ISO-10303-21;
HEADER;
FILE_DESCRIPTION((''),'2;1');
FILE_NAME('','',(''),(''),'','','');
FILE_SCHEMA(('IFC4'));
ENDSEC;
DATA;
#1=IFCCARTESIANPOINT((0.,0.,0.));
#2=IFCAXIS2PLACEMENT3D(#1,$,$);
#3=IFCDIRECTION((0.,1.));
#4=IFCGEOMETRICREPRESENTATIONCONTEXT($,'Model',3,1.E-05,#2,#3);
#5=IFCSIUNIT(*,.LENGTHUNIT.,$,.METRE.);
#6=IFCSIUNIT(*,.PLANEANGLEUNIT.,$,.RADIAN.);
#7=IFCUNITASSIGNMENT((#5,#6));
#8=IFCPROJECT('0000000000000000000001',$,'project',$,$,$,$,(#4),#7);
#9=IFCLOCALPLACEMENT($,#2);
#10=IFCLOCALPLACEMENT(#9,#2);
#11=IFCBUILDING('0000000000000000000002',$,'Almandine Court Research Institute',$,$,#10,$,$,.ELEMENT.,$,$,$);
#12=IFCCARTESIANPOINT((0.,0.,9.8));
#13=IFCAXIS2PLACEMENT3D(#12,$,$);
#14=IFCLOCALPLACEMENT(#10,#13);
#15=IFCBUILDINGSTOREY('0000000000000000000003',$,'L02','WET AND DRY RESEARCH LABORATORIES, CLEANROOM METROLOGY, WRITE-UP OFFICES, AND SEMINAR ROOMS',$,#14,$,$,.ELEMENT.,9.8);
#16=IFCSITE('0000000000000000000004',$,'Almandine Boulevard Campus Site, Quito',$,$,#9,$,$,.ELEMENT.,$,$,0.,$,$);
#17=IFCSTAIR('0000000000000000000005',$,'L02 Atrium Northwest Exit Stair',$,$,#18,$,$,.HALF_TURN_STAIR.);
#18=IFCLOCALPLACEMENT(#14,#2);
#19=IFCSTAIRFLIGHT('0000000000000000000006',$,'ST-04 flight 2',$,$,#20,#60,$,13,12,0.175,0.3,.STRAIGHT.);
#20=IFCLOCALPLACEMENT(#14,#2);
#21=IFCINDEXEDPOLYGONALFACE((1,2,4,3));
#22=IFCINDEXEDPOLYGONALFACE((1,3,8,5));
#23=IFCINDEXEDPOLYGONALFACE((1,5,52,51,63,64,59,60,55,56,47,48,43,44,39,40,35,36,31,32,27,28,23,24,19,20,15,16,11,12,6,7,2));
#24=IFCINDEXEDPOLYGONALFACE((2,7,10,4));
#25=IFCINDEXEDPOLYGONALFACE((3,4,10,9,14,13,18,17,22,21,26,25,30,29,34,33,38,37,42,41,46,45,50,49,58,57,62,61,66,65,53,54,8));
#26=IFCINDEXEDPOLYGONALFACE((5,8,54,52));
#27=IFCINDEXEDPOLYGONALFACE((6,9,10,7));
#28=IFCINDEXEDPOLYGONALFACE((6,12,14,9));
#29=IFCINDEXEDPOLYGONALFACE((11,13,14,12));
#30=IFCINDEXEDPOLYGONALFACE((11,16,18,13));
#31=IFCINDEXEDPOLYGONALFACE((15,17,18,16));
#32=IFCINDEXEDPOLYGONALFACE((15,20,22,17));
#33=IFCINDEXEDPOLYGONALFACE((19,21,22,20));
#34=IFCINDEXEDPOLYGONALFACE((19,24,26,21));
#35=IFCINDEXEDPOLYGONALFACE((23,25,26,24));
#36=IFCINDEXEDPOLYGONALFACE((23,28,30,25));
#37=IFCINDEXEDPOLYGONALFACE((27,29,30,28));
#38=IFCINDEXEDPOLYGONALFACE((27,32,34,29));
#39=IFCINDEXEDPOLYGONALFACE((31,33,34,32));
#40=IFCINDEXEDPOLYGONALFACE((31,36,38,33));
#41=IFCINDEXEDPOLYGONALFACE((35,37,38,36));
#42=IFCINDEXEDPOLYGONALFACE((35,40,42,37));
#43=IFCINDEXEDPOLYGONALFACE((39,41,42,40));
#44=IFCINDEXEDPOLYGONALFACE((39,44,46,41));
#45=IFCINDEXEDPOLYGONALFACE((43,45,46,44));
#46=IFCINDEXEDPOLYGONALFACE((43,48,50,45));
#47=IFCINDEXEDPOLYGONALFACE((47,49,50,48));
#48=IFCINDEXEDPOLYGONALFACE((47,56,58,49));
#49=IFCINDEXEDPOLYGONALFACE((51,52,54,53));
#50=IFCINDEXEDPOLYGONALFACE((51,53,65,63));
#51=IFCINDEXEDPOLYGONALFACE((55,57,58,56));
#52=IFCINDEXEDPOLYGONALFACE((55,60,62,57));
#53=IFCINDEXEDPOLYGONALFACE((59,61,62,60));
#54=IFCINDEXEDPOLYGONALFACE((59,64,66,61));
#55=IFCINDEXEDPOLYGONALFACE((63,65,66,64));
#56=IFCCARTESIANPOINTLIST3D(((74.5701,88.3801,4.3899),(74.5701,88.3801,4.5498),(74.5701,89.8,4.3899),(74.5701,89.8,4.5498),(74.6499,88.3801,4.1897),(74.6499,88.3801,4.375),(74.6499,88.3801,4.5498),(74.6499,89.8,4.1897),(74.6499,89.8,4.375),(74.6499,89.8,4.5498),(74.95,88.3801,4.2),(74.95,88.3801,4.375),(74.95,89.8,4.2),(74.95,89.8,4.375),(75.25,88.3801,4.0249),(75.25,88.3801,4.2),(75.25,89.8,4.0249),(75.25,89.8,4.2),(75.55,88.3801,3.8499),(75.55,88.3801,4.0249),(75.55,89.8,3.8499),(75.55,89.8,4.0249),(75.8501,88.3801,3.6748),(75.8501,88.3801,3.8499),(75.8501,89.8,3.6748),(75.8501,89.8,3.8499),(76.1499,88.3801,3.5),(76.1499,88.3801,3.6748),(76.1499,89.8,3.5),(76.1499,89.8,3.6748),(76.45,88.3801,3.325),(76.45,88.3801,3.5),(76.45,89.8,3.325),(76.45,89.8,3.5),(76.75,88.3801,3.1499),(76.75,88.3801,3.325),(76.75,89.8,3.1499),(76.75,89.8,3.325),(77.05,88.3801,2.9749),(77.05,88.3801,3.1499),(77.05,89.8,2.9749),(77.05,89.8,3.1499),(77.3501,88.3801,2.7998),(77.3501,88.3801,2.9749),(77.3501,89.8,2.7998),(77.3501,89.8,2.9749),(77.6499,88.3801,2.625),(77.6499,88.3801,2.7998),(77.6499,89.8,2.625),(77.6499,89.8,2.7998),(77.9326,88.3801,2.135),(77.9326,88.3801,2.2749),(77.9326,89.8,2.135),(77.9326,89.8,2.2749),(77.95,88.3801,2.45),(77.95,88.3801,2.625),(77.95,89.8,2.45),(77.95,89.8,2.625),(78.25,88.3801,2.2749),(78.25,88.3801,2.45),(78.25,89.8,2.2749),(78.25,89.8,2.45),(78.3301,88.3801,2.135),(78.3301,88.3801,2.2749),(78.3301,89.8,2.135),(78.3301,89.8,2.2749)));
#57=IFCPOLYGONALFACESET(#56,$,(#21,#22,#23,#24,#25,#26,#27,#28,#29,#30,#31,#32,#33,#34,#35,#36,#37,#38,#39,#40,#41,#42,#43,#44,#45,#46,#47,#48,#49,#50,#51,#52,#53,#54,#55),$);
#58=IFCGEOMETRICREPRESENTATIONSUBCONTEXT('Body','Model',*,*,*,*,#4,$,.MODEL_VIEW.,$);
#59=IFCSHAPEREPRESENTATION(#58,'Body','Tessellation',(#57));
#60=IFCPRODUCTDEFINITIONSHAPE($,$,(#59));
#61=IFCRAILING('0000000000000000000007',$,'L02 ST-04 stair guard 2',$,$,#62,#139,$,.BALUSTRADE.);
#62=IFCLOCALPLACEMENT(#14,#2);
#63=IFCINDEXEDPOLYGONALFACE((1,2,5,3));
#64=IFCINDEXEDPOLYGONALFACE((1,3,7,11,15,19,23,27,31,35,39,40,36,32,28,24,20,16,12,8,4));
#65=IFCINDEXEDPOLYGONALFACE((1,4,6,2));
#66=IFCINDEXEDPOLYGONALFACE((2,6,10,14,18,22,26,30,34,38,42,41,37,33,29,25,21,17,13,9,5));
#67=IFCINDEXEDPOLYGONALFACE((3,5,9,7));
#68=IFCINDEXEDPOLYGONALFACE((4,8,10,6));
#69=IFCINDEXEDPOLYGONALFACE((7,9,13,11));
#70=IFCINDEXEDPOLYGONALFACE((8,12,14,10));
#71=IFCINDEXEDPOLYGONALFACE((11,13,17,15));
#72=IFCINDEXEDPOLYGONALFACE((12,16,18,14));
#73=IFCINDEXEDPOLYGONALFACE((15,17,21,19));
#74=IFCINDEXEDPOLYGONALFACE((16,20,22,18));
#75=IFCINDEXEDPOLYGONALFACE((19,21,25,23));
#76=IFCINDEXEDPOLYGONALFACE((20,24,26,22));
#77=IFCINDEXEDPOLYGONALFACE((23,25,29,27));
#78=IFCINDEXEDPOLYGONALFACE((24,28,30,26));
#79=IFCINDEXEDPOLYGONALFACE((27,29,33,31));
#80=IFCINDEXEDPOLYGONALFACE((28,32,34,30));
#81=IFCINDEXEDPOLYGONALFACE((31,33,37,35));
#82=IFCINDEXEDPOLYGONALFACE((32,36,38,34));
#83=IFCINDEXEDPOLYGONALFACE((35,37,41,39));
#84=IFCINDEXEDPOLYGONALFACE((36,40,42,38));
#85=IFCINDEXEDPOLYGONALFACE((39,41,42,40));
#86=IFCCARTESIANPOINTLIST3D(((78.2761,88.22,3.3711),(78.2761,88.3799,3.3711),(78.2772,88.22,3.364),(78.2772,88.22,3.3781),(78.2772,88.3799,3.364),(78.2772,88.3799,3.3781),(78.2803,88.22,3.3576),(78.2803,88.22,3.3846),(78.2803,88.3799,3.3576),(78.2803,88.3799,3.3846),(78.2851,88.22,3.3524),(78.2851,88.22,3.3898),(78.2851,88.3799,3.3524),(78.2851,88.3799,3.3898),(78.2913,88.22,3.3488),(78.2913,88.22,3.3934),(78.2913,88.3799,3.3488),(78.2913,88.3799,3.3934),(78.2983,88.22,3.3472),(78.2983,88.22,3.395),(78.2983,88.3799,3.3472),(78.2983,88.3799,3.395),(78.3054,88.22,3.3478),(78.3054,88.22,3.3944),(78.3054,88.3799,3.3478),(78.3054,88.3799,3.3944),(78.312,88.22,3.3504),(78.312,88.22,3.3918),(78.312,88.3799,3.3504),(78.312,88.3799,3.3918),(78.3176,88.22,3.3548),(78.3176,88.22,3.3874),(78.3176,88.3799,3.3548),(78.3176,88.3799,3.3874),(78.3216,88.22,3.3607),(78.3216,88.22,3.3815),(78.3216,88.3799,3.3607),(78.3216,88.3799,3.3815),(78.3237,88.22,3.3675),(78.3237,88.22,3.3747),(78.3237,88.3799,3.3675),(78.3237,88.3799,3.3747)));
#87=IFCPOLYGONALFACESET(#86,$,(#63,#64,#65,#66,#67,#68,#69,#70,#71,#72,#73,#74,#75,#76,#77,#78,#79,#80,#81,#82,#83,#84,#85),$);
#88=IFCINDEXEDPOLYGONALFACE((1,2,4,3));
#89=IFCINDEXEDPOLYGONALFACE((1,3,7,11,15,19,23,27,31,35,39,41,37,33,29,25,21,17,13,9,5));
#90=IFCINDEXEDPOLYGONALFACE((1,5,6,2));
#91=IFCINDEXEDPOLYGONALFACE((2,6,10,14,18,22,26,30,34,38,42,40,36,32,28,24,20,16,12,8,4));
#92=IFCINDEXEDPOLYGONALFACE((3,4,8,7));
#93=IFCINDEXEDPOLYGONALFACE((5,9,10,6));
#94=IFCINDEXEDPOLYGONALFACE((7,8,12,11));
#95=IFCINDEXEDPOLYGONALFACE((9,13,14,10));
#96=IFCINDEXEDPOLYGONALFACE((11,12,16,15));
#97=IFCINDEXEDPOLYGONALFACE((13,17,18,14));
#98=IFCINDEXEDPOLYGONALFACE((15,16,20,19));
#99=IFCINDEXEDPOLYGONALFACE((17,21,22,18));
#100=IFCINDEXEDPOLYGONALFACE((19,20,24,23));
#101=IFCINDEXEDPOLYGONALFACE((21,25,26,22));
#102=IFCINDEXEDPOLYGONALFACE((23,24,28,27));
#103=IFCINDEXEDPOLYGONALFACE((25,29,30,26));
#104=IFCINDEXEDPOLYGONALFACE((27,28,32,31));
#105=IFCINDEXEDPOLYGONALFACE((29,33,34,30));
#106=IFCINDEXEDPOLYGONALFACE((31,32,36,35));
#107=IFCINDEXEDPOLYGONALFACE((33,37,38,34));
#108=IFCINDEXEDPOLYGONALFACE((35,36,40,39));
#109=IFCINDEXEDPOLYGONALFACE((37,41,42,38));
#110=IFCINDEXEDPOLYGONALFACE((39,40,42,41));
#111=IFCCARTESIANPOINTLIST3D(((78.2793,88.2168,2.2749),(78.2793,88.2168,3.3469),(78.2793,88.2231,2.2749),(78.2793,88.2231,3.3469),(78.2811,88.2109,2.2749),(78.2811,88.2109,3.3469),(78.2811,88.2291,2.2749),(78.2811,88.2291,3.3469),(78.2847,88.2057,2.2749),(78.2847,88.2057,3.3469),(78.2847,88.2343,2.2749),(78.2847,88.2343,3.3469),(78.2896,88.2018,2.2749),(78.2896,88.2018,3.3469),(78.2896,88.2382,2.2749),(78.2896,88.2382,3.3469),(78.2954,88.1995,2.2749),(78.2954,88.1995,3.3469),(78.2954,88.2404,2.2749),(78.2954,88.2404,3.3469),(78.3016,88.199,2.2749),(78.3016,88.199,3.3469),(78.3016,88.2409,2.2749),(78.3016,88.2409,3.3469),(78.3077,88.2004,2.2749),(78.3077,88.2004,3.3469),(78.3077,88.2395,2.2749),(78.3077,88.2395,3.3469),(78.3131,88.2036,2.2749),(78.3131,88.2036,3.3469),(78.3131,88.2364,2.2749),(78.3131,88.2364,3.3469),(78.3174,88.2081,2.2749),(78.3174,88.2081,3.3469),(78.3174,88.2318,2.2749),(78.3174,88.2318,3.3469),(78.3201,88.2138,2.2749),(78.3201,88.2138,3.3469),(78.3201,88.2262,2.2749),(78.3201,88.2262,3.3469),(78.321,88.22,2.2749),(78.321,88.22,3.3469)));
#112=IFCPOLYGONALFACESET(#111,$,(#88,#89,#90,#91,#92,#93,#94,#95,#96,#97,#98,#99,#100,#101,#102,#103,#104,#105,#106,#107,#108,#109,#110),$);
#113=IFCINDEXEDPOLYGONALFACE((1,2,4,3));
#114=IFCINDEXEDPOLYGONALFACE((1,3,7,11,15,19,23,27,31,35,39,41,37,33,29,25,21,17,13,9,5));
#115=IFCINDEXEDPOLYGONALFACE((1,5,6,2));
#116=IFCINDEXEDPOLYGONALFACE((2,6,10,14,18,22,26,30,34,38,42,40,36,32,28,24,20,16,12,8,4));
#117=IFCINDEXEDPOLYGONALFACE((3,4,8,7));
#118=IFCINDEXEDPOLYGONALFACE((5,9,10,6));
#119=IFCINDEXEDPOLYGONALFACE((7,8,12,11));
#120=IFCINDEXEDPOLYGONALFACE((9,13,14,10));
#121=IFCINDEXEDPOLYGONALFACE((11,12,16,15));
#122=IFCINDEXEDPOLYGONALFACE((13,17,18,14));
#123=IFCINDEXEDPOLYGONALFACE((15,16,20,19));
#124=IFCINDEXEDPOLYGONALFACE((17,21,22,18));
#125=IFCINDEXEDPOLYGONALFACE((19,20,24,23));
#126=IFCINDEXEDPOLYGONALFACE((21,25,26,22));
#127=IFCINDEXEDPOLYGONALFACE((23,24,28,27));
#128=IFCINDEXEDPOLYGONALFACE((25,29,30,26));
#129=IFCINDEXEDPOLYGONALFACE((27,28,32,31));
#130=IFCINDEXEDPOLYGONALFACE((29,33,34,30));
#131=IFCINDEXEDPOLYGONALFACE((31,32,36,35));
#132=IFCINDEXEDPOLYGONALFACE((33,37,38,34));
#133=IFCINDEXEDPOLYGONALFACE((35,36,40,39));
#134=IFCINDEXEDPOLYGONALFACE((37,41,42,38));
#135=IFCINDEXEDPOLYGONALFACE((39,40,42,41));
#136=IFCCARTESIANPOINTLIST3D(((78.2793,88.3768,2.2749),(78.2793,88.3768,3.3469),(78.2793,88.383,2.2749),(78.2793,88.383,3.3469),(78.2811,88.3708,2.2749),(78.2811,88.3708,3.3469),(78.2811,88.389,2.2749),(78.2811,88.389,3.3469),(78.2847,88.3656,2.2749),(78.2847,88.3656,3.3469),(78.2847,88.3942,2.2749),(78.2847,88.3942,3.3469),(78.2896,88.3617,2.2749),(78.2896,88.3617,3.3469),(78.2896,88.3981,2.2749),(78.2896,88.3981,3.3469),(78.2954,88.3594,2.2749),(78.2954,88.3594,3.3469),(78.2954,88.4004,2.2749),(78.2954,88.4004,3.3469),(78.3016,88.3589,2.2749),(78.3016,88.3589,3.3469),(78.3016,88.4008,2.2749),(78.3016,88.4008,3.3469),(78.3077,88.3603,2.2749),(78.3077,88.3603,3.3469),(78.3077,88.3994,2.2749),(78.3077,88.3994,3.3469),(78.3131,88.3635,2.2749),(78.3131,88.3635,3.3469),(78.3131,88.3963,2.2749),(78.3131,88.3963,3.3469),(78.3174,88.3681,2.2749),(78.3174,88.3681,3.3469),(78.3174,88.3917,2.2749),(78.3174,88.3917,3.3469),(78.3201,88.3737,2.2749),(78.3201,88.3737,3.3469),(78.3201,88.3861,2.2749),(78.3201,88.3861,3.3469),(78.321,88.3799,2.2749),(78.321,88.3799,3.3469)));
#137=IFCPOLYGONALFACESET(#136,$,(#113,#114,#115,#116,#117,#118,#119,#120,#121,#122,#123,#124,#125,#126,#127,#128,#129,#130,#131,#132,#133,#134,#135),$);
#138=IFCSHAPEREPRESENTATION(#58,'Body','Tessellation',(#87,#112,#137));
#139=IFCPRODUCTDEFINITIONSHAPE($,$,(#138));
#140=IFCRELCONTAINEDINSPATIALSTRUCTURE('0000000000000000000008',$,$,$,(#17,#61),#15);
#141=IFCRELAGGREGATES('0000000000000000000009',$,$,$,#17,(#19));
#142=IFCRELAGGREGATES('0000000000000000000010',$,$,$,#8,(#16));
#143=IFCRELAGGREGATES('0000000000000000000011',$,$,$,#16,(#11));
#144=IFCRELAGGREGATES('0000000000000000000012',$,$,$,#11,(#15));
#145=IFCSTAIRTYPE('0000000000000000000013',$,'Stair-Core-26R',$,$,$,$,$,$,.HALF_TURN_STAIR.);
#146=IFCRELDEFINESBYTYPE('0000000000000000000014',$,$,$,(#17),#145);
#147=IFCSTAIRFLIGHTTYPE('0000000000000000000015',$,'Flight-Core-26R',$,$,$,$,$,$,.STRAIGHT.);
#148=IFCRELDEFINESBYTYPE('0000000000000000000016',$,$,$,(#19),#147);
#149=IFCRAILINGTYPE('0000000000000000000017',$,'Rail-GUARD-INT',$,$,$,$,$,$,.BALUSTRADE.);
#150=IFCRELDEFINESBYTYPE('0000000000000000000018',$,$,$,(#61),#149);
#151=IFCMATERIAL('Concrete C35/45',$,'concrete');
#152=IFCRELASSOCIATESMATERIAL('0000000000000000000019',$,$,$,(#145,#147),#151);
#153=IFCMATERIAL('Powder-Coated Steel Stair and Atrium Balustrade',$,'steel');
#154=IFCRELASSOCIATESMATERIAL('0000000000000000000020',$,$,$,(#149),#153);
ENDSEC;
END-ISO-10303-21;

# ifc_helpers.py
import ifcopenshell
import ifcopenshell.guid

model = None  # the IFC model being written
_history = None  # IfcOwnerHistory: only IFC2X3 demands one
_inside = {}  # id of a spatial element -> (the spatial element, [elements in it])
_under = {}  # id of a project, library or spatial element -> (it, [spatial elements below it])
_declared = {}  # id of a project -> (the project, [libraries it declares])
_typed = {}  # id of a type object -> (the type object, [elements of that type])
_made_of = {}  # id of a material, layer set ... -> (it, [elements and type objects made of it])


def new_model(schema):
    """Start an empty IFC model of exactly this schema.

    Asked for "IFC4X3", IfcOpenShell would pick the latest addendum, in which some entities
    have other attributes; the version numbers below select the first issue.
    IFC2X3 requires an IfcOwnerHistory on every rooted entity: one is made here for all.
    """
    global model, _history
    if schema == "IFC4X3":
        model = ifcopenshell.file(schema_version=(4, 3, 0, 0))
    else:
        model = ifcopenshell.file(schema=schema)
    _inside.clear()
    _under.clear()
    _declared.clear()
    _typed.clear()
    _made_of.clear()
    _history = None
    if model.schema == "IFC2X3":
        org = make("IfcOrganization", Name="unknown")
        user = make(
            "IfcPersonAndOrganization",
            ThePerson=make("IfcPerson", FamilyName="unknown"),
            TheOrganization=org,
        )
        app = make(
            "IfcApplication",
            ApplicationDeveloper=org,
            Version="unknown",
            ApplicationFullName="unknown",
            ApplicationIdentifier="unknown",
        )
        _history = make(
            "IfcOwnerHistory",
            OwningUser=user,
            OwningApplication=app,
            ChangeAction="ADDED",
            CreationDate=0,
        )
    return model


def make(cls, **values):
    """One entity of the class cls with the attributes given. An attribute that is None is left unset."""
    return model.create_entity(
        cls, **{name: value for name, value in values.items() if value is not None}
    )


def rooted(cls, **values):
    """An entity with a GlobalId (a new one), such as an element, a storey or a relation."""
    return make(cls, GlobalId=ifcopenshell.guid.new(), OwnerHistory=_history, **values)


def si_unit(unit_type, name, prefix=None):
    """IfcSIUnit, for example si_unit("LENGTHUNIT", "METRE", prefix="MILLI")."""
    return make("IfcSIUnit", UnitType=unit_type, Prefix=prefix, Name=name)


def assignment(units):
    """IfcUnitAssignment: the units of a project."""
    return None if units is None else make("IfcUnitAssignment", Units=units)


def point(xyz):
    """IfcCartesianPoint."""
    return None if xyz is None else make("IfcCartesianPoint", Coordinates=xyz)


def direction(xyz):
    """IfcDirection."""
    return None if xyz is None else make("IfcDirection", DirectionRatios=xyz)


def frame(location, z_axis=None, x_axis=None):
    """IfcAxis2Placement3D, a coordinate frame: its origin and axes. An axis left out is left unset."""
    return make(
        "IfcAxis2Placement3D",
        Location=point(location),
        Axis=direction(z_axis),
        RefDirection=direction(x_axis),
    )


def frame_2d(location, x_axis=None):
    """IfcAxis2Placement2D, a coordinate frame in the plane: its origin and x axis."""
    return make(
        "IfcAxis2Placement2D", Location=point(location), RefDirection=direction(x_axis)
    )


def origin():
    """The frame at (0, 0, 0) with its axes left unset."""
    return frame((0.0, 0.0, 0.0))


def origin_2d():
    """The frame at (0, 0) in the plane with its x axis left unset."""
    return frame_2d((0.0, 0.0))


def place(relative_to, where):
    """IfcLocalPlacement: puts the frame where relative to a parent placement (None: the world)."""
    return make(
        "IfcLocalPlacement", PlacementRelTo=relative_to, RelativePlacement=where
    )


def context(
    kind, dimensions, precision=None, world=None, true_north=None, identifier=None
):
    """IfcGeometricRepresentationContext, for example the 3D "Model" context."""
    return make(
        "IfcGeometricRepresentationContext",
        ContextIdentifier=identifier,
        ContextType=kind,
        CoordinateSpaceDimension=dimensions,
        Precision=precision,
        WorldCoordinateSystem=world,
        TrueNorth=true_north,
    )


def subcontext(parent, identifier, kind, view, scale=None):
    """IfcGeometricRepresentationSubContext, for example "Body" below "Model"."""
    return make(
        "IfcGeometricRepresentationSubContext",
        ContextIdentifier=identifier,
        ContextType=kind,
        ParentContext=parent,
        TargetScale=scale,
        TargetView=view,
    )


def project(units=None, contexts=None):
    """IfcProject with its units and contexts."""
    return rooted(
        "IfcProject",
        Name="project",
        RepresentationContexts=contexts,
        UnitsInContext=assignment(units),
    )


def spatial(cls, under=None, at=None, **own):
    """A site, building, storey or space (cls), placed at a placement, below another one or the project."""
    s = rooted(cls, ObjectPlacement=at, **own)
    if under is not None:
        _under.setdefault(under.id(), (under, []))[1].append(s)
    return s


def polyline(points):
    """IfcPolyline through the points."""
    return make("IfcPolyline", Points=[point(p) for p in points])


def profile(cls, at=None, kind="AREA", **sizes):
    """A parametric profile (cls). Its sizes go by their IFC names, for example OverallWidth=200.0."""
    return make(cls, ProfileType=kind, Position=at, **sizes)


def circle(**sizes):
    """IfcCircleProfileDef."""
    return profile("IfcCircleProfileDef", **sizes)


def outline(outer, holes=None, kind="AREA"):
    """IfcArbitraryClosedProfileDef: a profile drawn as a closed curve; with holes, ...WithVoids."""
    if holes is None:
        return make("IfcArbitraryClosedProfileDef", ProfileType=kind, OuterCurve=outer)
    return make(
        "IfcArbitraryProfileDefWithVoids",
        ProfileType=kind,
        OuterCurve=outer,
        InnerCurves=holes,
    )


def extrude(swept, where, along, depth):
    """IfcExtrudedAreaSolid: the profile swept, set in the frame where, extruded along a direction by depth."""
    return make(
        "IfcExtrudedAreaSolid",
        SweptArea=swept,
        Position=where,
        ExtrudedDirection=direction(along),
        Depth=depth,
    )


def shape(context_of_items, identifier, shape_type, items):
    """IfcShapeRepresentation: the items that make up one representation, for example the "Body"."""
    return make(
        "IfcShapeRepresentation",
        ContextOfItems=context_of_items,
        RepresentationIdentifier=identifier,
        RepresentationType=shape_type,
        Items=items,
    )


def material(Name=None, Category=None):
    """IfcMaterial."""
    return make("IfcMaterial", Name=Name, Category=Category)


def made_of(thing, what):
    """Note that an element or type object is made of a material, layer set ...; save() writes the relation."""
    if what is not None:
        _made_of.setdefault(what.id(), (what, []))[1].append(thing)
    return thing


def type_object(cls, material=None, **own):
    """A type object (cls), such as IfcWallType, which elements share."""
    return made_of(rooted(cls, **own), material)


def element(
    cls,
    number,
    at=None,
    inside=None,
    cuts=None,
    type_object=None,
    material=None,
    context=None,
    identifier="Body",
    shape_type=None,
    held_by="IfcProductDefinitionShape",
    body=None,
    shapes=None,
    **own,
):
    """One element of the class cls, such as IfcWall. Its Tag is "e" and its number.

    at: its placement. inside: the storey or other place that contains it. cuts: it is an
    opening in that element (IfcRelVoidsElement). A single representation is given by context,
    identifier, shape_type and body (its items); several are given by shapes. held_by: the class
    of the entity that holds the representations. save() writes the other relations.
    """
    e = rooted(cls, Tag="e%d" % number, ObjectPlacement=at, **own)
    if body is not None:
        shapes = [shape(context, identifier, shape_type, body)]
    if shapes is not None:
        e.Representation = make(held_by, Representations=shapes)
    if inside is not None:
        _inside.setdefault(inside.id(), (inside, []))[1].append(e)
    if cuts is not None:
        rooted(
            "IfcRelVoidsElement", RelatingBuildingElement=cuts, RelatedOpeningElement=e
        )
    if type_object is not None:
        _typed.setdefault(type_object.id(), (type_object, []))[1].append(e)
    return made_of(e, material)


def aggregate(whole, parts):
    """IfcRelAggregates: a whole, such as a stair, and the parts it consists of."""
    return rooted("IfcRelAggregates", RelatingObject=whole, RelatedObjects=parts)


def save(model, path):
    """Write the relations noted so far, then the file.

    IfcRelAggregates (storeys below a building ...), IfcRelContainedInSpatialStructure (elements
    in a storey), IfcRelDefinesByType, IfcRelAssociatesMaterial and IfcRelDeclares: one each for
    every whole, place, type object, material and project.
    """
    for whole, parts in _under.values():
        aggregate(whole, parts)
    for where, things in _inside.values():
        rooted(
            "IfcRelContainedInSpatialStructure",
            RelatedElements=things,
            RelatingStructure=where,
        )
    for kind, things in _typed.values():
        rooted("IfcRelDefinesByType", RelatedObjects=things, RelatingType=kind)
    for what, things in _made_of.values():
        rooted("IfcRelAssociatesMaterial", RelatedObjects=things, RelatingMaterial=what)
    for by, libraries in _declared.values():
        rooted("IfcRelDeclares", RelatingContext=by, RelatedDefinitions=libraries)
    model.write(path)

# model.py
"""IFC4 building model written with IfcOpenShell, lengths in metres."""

from ifc_helpers import new_model, si_unit, direction, frame, origin, origin_2d, place, context, subcontext, project, spatial, polyline, circle, outline, extrude, material, type_object, element, aggregate, save


model = new_model("IFC4")

# Units and contexts
model_context = context("Model", 3, precision=1e-05, world=origin(), true_north=direction((0.0, 1.0)))
body_context = subcontext(model_context, "Body", "Model", "MODEL_VIEW")
ifc_project = project(units=[si_unit("LENGTHUNIT", "METRE"), si_unit("PLANEANGLEUNIT", "RADIAN")], contexts=[model_context])

# Site, building, storey
site_placement = place(None, origin())
site = spatial("IfcSite", under=ifc_project, at=site_placement, Name="Almandine Boulevard Campus Site, Quito", CompositionType="ELEMENT", RefElevation=0.0)
building_placement = place(site_placement, origin())
building = spatial("IfcBuilding", under=site, at=building_placement, Name="Almandine Court Research Institute", CompositionType="ELEMENT")
storey_placement = place(building_placement, frame((0.0, 0.0, 9.8)))
storey = spatial("IfcBuildingStorey", under=building, at=storey_placement, Name="L02", Description="WET AND DRY RESEARCH LABORATORIES, CLEANROOM METROLOGY, WRITE-UP OFFICES, AND SEMINAR ROOMS", CompositionType="ELEMENT", Elevation=9.8)

# Stair, stair flight
ifc_material_1 = material(Name="Concrete C35/45", Category="concrete")
stair_type = type_object("IfcStairType", Name="Stair-Core-26R", PredefinedType="HALF_TURN_STAIR", material=ifc_material_1)
stair_placement = place(storey_placement, origin())
stair = element("IfcStair", 1, at=stair_placement, inside=storey, type_object=stair_type, Name="L02 Atrium Northwest Exit Stair", PredefinedType="HALF_TURN_STAIR")
stair_flight_type = type_object("IfcStairFlightType", Name="Flight-Core-26R", PredefinedType="STRAIGHT", material=ifc_material_1)
stair_flight_placement = place(storey_placement, frame((78.25, 89.0901, 2.2749), z_axis=(0.0, 0.0, 1.0), x_axis=(-1.0, 0.0, 0.0)))
stair_flight = element("IfcStairFlight", 2, at=stair_flight_placement, type_object=stair_flight_type, Name="ST-04 flight 2", NumberOfRisers=13, NumberOfTreads=12, PredefinedType="STRAIGHT", RiserHeight=0.175, TreadLength=0.3, context=body_context, shape_type="SweptSolid", body=[
    extrude(outline(polyline([(-0.0801, -0.1399), (-0.0801, 0.0), (0.0, 0.0), (0.0, 0.175), (0.3, 0.175), (0.3, 0.3501), (0.6001, 0.3501), (0.6001, 0.5249), (0.8999, 0.5249), (0.8999, 0.7), (1.2, 0.7), (1.2, 0.875), (1.5, 0.875), (1.5, 1.05), (1.8, 1.05), (1.8, 1.2251), (2.1001, 1.2251), (2.1001, 1.3999), (2.3999, 1.3999), (2.3999, 1.575), (2.7, 1.575), (2.7, 1.75), (3.0, 1.75), (3.0, 1.925), (3.3, 1.925), (3.3, 2.1001), (3.6001, 2.1001), (3.6001, 2.2749), (3.6799, 2.2749), (3.6799, 2.115), (3.6001, 1.9148), (0.3174, 0.0), (0.3174, -0.1399), (-0.0801, -0.1399)])), frame((0.0, 0.71, 0.0), z_axis=(0.0, -1.0, 0.0), x_axis=(1.0, 0.0, 0.0)), (0.0, 0.0, 1.0), 1.4199),
])
aggregate(stair, [stair_flight])

# Railing
ifc_material_2 = material(Name="Powder-Coated Steel Stair and Atrium Balustrade", Category="steel")
railing_type_1 = type_object("IfcRailingType", Name="Rail-GUARD-INT", PredefinedType="BALUSTRADE", material=ifc_material_2)
railing_1_placement = place(storey_placement, frame((78.3, 88.22, 2.2749)))
element("IfcRailing", 3, at=railing_1_placement, inside=storey, type_object=railing_type_1, Name="L02 ST-04 stair guard 2", PredefinedType="BALUSTRADE", context=body_context, shape_type="SweptSolid", body=[
    extrude(circle(Radius=0.0239, at=origin_2d()), frame((0.0, 0.0, 1.0962), z_axis=(0.0, 1.0, 0.0), x_axis=(-1.0, 0.0, 0.0)), (0.0, 0.0, 1.0), 0.1599),
    extrude(circle(Radius=0.021, at=origin_2d()), origin(), (0.0, 0.0, 1.0), 1.072),
    extrude(circle(Radius=0.021, at=origin_2d()), frame((0.0, 0.1599, 0.0)), (0.0, 0.0, 1.0), 1.072),
])

save(model, "model.ifc")
